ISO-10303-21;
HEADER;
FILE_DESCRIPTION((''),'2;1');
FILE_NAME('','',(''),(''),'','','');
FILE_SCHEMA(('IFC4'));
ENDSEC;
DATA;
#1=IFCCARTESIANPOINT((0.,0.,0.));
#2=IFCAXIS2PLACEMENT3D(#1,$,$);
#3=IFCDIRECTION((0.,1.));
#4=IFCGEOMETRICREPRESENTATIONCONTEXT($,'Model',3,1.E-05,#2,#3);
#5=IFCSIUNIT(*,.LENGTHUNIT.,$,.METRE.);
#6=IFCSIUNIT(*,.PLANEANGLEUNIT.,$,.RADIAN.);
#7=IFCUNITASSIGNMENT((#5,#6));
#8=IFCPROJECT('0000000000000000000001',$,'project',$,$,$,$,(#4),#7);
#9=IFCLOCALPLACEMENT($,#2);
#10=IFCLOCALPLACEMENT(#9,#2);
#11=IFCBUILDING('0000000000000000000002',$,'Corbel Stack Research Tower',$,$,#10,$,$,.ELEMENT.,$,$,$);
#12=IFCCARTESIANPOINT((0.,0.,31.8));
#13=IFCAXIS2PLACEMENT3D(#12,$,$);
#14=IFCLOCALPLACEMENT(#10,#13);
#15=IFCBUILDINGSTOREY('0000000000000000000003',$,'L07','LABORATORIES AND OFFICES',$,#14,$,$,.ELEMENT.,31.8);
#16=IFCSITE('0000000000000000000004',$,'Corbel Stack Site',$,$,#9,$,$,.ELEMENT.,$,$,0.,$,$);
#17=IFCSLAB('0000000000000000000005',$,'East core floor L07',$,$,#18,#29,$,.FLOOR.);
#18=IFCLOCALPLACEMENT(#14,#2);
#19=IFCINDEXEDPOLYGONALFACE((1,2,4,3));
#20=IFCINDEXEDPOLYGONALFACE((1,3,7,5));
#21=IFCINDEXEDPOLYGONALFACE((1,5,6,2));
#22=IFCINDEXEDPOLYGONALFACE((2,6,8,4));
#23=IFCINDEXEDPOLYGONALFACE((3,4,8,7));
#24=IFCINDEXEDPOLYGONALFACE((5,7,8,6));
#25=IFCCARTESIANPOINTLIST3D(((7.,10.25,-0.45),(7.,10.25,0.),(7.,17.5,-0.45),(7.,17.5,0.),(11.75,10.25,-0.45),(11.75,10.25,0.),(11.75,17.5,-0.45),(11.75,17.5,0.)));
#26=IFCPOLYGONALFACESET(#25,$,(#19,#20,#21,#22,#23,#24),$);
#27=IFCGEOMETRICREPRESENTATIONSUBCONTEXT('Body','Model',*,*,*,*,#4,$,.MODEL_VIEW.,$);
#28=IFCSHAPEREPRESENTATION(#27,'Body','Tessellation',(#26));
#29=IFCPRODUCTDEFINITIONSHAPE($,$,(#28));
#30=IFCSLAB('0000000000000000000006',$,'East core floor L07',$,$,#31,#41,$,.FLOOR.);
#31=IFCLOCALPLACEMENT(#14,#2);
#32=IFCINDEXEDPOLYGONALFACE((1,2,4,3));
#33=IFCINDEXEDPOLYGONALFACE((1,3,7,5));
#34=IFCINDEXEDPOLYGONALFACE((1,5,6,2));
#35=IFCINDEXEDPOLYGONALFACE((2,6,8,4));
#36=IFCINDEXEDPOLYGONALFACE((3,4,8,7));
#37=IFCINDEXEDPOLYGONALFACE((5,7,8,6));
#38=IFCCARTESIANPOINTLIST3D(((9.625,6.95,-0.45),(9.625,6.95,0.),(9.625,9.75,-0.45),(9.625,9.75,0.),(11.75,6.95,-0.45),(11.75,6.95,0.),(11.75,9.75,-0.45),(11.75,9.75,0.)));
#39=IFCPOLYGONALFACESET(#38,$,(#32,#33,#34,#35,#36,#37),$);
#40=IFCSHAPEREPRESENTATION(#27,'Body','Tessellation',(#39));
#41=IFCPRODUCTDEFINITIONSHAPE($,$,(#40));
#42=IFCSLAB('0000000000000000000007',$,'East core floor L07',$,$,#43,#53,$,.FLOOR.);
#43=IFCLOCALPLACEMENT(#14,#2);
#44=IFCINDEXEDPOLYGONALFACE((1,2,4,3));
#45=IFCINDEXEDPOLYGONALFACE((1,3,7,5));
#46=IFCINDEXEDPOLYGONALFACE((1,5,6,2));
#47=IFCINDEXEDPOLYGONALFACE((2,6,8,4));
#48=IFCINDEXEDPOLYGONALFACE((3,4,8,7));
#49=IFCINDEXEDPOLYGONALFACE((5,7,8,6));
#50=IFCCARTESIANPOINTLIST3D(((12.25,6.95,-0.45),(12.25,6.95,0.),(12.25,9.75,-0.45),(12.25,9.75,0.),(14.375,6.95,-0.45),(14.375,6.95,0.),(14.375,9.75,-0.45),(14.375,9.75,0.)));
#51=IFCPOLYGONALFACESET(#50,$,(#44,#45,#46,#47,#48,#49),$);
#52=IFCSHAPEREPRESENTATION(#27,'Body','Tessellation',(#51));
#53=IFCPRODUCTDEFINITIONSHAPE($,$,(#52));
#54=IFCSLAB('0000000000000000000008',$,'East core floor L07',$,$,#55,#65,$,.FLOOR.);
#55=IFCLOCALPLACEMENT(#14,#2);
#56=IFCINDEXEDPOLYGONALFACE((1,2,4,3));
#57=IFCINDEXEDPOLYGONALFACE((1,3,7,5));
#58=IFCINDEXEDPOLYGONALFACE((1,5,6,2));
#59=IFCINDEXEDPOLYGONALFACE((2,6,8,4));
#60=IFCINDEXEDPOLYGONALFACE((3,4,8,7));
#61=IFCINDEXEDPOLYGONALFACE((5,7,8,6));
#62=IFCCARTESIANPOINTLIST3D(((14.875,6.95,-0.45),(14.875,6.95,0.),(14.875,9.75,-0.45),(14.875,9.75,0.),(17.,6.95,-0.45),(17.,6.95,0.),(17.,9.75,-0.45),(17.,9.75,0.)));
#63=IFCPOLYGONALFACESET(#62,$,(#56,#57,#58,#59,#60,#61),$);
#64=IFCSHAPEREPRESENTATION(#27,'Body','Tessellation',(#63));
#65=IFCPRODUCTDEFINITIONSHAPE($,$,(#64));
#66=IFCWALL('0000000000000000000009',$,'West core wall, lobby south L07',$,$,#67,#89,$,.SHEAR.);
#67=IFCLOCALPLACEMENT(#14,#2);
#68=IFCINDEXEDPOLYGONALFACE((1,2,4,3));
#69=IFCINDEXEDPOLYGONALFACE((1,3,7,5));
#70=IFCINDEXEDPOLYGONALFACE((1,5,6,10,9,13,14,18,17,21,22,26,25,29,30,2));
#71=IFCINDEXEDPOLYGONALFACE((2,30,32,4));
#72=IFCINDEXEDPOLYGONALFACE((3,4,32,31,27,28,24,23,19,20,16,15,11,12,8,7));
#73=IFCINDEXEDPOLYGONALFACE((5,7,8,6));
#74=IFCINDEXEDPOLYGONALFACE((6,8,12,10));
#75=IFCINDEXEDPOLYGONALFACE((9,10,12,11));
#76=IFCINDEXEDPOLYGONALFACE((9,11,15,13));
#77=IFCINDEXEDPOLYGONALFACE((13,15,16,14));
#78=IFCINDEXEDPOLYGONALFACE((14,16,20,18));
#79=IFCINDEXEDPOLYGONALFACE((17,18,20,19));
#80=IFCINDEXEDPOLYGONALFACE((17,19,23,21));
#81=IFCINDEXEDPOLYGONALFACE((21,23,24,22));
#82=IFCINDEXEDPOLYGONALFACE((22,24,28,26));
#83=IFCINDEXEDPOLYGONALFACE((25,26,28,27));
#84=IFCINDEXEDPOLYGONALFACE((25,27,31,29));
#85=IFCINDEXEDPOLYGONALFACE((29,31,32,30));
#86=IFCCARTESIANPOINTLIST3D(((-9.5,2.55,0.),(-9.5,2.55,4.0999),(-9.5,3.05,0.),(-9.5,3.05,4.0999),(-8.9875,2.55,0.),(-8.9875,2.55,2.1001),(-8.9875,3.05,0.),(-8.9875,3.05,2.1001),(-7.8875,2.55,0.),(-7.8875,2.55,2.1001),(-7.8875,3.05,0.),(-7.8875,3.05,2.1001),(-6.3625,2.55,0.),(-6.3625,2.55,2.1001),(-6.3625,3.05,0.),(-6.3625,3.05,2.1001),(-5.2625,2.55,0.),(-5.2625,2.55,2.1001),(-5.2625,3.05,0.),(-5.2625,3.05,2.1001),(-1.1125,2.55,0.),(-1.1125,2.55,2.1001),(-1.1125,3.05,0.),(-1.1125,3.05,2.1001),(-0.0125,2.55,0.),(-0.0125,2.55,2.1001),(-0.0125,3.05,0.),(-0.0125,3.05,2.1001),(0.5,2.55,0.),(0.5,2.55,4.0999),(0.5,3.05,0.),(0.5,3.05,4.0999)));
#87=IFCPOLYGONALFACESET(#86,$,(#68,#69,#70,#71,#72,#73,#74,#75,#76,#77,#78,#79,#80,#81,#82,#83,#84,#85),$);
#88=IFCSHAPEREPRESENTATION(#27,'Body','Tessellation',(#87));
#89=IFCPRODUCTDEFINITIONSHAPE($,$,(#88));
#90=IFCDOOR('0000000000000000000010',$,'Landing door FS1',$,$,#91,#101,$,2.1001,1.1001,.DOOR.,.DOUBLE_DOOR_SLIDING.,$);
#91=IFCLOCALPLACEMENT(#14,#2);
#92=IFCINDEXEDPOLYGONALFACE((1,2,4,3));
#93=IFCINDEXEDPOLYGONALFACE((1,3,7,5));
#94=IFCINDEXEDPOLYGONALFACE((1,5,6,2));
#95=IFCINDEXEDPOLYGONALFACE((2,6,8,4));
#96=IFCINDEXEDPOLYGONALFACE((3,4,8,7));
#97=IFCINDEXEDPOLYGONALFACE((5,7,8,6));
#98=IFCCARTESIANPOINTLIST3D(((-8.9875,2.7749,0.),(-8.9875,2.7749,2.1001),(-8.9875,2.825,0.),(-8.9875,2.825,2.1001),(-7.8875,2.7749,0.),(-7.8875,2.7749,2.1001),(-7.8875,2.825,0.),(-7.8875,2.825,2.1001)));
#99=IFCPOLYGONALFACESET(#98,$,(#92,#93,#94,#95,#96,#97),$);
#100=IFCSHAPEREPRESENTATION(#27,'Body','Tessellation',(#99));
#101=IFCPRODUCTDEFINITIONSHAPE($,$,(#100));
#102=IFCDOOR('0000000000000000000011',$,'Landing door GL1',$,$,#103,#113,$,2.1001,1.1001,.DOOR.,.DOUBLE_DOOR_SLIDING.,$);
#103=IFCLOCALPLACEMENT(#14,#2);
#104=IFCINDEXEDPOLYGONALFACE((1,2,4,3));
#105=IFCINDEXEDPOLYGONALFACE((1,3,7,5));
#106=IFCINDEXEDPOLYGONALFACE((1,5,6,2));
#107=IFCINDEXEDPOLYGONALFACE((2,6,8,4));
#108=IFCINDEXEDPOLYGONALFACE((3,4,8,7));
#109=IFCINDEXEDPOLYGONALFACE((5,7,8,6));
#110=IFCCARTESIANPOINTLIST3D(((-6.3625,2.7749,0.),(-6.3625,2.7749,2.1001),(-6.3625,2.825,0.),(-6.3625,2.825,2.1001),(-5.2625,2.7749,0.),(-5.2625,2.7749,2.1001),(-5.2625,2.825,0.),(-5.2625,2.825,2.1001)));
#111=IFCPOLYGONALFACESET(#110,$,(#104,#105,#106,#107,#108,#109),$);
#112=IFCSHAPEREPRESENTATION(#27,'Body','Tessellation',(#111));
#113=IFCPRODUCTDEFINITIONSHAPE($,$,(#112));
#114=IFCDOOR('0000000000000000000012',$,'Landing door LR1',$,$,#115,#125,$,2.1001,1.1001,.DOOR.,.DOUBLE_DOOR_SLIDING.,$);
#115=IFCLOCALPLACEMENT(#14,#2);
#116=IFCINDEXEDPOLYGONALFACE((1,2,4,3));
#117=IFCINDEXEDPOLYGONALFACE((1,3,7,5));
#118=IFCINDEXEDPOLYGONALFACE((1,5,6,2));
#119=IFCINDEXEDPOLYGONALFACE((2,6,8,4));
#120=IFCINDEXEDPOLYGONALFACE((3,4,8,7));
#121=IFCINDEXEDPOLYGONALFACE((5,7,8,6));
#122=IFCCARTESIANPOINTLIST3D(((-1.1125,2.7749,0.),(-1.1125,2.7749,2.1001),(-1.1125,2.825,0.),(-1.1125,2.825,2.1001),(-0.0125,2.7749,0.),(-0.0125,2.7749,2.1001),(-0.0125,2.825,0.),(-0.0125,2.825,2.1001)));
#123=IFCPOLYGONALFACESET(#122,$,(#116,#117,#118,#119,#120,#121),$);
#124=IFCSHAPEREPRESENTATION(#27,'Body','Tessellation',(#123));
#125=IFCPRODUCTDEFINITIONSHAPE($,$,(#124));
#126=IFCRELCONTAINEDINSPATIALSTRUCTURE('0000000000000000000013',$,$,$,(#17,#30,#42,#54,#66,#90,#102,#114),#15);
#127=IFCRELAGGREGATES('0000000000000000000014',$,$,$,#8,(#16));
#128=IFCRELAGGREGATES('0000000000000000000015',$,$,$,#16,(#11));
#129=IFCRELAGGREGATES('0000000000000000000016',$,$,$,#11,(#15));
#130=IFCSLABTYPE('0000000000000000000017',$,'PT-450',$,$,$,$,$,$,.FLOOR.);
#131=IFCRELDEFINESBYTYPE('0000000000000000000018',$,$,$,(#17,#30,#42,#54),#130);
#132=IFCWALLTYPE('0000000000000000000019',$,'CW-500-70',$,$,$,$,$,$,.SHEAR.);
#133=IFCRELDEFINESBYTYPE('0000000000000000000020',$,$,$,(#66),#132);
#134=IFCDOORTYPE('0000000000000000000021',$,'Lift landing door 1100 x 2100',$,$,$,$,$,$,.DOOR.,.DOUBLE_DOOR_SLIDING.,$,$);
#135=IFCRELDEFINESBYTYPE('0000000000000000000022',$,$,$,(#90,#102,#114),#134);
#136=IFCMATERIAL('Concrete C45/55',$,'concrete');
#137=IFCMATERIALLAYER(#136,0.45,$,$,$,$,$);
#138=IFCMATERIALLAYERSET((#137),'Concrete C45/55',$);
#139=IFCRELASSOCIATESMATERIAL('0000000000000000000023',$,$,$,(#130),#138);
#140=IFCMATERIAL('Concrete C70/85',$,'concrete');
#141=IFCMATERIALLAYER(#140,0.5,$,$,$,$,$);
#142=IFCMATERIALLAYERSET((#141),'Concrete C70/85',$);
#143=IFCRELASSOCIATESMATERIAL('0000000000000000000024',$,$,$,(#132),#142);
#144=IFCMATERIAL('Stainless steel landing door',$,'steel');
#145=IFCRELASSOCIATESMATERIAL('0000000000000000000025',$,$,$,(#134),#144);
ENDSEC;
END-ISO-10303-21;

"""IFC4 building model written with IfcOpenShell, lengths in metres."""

from ifc_helpers import new_model, si_unit, direction, frame, frame_2d, origin, place, context, subcontext, project, spatial, polyline, rectangle, outline, extrude, material, layer, layer_set, type_object, element, fill, save


model = new_model("IFC4")

# Units and contexts
model_context = context("Model", 3, precision=1e-05, world=origin(), true_north=direction((0.0, 1.0)))
body_context = subcontext(model_context, "Body", "Model", "MODEL_VIEW")
ifc_project = project(units=[si_unit("LENGTHUNIT", "METRE"), si_unit("PLANEANGLEUNIT", "RADIAN")], contexts=[model_context])

# Site, building, storey
site_placement = place(None, origin())
site = spatial("IfcSite", under=ifc_project, at=site_placement, Name="Corbel Stack Site", CompositionType="ELEMENT", RefElevation=0.0)
building_placement = place(site_placement, origin())
building = spatial("IfcBuilding", under=site, at=building_placement, Name="Corbel Stack Research Tower", CompositionType="ELEMENT")
storey_placement = place(building_placement, frame((0.0, 0.0, 31.8)))
storey = spatial("IfcBuildingStorey", under=building, at=storey_placement, Name="L07", Description="LABORATORIES AND OFFICES", CompositionType="ELEMENT", Elevation=31.8)

# Slabs
ifc_material_1 = material(Name="Concrete C45/55", Category="concrete")
ifc_layer_1 = layer(ifc_material_1, 0.45)
ifc_layer_set_1 = layer_set([ifc_layer_1], Name="Concrete C45/55")
slab_type_1 = type_object("IfcSlabType", Name="PT-450", PredefinedType="FLOOR", material=ifc_layer_set_1)
slab_1_placement = place(storey_placement, frame((0.0, 0.0, -0.45)))
element("IfcSlab", 1, at=slab_1_placement, inside=storey, type_object=slab_type_1, Name="East core floor L07", PredefinedType="FLOOR", context=body_context, shape_type="SweptSolid", body=[
    extrude(outline(polyline([(7.0, 17.5), (7.0, 10.25), (11.75, 10.25), (11.75, 17.5), (7.0, 17.5)])), origin(), (0.0, 0.0, 1.0), 0.45),
])
slab_2_placement = place(storey_placement, frame((0.0, 0.0, -0.45)))
element("IfcSlab", 2, at=slab_2_placement, inside=storey, type_object=slab_type_1, Name="East core floor L07", PredefinedType="FLOOR", context=body_context, shape_type="SweptSolid", body=[
    extrude(outline(polyline([(9.625, 6.95), (11.75, 6.95), (11.75, 9.75), (9.625, 9.75), (9.625, 6.95)])), origin(), (0.0, 0.0, 1.0), 0.45),
])
slab_3_placement = place(storey_placement, frame((0.0, 0.0, -0.45)))
element("IfcSlab", 3, at=slab_3_placement, inside=storey, type_object=slab_type_1, Name="East core floor L07", PredefinedType="FLOOR", context=body_context, shape_type="SweptSolid", body=[
    extrude(outline(polyline([(14.375, 6.95), (14.375, 9.75), (12.25, 9.75), (12.25, 6.95), (14.375, 6.95)])), origin(), (0.0, 0.0, 1.0), 0.45),
])
slab_4_placement = place(storey_placement, frame((0.0, 0.0, -0.45)))
element("IfcSlab", 4, at=slab_4_placement, inside=storey, type_object=slab_type_1, Name="East core floor L07", PredefinedType="FLOOR", context=body_context, shape_type="SweptSolid", body=[
    extrude(outline(polyline([(17.0, 6.95), (17.0, 9.75), (14.875, 9.75), (14.875, 6.95), (17.0, 6.95)])), origin(), (0.0, 0.0, 1.0), 0.45),
])

# Wall, openings, doors
ifc_material_2 = material(Name="Concrete C70/85", Category="concrete")
ifc_layer_2 = layer(ifc_material_2, 0.5)
ifc_layer_set_2 = layer_set([ifc_layer_2], Name="Concrete C70/85")
wall_type_1 = type_object("IfcWallType", Name="CW-500-70", PredefinedType="SHEAR", material=ifc_layer_set_2)
wall_1_placement = place(storey_placement, frame((-9.5, 2.8, 0.0), z_axis=(0.0, 0.0, 1.0), x_axis=(1.0, 0.0, 0.0)))
wall_1 = element("IfcWall", 5, at=wall_1_placement, inside=storey, type_object=wall_type_1, Name="West core wall, lobby south L07", PredefinedType="SHEAR", context=body_context, shape_type="SweptSolid", body=[
    extrude(rectangle(XDim=10.0, YDim=0.5, at=frame_2d((5.0, 0.0))), origin(), (0.0, 0.0, 1.0), 4.0999),
])
opening_1_placement = place(wall_1_placement, frame((0.5125, 0.0, 0.0)))
opening_1 = element("IfcOpeningElement", 6, at=opening_1_placement, cuts=wall_1, PredefinedType="OPENING", context=body_context, shape_type="SweptSolid", body=[
    extrude(rectangle(XDim=1.1001, YDim=2.1001, at=frame_2d((0.55, 1.05))), frame((0.0, 0.26, 0.0), z_axis=(0.0, -1.0, 0.0), x_axis=(1.0, 0.0, 0.0)), (0.0, 0.0, 1.0), 0.52),
])
opening_2_placement = place(wall_1_placement, frame((3.1375, 0.0, 0.0)))
opening_2 = element("IfcOpeningElement", 7, at=opening_2_placement, cuts=wall_1, PredefinedType="OPENING", context=body_context, shape_type="SweptSolid", body=[
    extrude(rectangle(XDim=1.1001, YDim=2.1001, at=frame_2d((0.55, 1.05))), frame((0.0, 0.26, 0.0), z_axis=(0.0, -1.0, 0.0), x_axis=(1.0, 0.0, 0.0)), (0.0, 0.0, 1.0), 0.52),
])
opening_3_placement = place(wall_1_placement, frame((8.3875, 0.0, 0.0)))
opening_3 = element("IfcOpeningElement", 8, at=opening_3_placement, cuts=wall_1, PredefinedType="OPENING", context=body_context, shape_type="SweptSolid", body=[
    extrude(rectangle(XDim=1.1001, YDim=2.1001, at=frame_2d((0.55, 1.05))), frame((0.0, 0.26, 0.0), z_axis=(0.0, -1.0, 0.0), x_axis=(1.0, 0.0, 0.0)), (0.0, 0.0, 1.0), 0.52),
])
ifc_material_3 = material(Name="Stainless steel landing door", Category="steel")
door_type_1 = type_object("IfcDoorType", Name="Lift landing door 1100 x 2100", OperationType="DOUBLE_DOOR_SLIDING", PredefinedType="DOOR", material=ifc_material_3)
door_1_placement = place(opening_1_placement, origin())
door_1 = element("IfcDoor", 9, at=door_1_placement, inside=storey, type_object=door_type_1, Name="Landing door FS1", OperationType="DOUBLE_DOOR_SLIDING", OverallHeight=2.1001, OverallWidth=1.1001, PredefinedType="DOOR", context=body_context, shape_type="SweptSolid", body=[
    extrude(rectangle(XDim=1.1001, YDim=2.1001, at=frame_2d((0.55, 1.05))), frame((0.0, 0.0249, 0.0), z_axis=(0.0, -1.0, 0.0), x_axis=(1.0, 0.0, 0.0)), (0.0, 0.0, 1.0), 0.05),
])
fill(opening_1, door_1)
door_2_placement = place(opening_2_placement, origin())
door_2 = element("IfcDoor", 10, at=door_2_placement, inside=storey, type_object=door_type_1, Name="Landing door GL1", OperationType="DOUBLE_DOOR_SLIDING", OverallHeight=2.1001, OverallWidth=1.1001, PredefinedType="DOOR", context=body_context, shape_type="SweptSolid", body=[
    extrude(rectangle(XDim=1.1001, YDim=2.1001, at=frame_2d((0.55, 1.05))), frame((0.0, 0.0249, 0.0), z_axis=(0.0, -1.0, 0.0), x_axis=(1.0, 0.0, 0.0)), (0.0, 0.0, 1.0), 0.05),
])
fill(opening_2, door_2)
door_3_placement = place(opening_3_placement, origin())
door_3 = element("IfcDoor", 11, at=door_3_placement, inside=storey, type_object=door_type_1, Name="Landing door LR1", OperationType="DOUBLE_DOOR_SLIDING", OverallHeight=2.1001, OverallWidth=1.1001, PredefinedType="DOOR", context=body_context, shape_type="SweptSolid", body=[
    extrude(rectangle(XDim=1.1001, YDim=2.1001, at=frame_2d((0.55, 1.05))), frame((0.0, 0.0249, 0.0), z_axis=(0.0, -1.0, 0.0), x_axis=(1.0, 0.0, 0.0)), (0.0, 0.0, 1.0), 0.05),
])
fill(opening_3, door_3)

save(model, "model.ifc")
